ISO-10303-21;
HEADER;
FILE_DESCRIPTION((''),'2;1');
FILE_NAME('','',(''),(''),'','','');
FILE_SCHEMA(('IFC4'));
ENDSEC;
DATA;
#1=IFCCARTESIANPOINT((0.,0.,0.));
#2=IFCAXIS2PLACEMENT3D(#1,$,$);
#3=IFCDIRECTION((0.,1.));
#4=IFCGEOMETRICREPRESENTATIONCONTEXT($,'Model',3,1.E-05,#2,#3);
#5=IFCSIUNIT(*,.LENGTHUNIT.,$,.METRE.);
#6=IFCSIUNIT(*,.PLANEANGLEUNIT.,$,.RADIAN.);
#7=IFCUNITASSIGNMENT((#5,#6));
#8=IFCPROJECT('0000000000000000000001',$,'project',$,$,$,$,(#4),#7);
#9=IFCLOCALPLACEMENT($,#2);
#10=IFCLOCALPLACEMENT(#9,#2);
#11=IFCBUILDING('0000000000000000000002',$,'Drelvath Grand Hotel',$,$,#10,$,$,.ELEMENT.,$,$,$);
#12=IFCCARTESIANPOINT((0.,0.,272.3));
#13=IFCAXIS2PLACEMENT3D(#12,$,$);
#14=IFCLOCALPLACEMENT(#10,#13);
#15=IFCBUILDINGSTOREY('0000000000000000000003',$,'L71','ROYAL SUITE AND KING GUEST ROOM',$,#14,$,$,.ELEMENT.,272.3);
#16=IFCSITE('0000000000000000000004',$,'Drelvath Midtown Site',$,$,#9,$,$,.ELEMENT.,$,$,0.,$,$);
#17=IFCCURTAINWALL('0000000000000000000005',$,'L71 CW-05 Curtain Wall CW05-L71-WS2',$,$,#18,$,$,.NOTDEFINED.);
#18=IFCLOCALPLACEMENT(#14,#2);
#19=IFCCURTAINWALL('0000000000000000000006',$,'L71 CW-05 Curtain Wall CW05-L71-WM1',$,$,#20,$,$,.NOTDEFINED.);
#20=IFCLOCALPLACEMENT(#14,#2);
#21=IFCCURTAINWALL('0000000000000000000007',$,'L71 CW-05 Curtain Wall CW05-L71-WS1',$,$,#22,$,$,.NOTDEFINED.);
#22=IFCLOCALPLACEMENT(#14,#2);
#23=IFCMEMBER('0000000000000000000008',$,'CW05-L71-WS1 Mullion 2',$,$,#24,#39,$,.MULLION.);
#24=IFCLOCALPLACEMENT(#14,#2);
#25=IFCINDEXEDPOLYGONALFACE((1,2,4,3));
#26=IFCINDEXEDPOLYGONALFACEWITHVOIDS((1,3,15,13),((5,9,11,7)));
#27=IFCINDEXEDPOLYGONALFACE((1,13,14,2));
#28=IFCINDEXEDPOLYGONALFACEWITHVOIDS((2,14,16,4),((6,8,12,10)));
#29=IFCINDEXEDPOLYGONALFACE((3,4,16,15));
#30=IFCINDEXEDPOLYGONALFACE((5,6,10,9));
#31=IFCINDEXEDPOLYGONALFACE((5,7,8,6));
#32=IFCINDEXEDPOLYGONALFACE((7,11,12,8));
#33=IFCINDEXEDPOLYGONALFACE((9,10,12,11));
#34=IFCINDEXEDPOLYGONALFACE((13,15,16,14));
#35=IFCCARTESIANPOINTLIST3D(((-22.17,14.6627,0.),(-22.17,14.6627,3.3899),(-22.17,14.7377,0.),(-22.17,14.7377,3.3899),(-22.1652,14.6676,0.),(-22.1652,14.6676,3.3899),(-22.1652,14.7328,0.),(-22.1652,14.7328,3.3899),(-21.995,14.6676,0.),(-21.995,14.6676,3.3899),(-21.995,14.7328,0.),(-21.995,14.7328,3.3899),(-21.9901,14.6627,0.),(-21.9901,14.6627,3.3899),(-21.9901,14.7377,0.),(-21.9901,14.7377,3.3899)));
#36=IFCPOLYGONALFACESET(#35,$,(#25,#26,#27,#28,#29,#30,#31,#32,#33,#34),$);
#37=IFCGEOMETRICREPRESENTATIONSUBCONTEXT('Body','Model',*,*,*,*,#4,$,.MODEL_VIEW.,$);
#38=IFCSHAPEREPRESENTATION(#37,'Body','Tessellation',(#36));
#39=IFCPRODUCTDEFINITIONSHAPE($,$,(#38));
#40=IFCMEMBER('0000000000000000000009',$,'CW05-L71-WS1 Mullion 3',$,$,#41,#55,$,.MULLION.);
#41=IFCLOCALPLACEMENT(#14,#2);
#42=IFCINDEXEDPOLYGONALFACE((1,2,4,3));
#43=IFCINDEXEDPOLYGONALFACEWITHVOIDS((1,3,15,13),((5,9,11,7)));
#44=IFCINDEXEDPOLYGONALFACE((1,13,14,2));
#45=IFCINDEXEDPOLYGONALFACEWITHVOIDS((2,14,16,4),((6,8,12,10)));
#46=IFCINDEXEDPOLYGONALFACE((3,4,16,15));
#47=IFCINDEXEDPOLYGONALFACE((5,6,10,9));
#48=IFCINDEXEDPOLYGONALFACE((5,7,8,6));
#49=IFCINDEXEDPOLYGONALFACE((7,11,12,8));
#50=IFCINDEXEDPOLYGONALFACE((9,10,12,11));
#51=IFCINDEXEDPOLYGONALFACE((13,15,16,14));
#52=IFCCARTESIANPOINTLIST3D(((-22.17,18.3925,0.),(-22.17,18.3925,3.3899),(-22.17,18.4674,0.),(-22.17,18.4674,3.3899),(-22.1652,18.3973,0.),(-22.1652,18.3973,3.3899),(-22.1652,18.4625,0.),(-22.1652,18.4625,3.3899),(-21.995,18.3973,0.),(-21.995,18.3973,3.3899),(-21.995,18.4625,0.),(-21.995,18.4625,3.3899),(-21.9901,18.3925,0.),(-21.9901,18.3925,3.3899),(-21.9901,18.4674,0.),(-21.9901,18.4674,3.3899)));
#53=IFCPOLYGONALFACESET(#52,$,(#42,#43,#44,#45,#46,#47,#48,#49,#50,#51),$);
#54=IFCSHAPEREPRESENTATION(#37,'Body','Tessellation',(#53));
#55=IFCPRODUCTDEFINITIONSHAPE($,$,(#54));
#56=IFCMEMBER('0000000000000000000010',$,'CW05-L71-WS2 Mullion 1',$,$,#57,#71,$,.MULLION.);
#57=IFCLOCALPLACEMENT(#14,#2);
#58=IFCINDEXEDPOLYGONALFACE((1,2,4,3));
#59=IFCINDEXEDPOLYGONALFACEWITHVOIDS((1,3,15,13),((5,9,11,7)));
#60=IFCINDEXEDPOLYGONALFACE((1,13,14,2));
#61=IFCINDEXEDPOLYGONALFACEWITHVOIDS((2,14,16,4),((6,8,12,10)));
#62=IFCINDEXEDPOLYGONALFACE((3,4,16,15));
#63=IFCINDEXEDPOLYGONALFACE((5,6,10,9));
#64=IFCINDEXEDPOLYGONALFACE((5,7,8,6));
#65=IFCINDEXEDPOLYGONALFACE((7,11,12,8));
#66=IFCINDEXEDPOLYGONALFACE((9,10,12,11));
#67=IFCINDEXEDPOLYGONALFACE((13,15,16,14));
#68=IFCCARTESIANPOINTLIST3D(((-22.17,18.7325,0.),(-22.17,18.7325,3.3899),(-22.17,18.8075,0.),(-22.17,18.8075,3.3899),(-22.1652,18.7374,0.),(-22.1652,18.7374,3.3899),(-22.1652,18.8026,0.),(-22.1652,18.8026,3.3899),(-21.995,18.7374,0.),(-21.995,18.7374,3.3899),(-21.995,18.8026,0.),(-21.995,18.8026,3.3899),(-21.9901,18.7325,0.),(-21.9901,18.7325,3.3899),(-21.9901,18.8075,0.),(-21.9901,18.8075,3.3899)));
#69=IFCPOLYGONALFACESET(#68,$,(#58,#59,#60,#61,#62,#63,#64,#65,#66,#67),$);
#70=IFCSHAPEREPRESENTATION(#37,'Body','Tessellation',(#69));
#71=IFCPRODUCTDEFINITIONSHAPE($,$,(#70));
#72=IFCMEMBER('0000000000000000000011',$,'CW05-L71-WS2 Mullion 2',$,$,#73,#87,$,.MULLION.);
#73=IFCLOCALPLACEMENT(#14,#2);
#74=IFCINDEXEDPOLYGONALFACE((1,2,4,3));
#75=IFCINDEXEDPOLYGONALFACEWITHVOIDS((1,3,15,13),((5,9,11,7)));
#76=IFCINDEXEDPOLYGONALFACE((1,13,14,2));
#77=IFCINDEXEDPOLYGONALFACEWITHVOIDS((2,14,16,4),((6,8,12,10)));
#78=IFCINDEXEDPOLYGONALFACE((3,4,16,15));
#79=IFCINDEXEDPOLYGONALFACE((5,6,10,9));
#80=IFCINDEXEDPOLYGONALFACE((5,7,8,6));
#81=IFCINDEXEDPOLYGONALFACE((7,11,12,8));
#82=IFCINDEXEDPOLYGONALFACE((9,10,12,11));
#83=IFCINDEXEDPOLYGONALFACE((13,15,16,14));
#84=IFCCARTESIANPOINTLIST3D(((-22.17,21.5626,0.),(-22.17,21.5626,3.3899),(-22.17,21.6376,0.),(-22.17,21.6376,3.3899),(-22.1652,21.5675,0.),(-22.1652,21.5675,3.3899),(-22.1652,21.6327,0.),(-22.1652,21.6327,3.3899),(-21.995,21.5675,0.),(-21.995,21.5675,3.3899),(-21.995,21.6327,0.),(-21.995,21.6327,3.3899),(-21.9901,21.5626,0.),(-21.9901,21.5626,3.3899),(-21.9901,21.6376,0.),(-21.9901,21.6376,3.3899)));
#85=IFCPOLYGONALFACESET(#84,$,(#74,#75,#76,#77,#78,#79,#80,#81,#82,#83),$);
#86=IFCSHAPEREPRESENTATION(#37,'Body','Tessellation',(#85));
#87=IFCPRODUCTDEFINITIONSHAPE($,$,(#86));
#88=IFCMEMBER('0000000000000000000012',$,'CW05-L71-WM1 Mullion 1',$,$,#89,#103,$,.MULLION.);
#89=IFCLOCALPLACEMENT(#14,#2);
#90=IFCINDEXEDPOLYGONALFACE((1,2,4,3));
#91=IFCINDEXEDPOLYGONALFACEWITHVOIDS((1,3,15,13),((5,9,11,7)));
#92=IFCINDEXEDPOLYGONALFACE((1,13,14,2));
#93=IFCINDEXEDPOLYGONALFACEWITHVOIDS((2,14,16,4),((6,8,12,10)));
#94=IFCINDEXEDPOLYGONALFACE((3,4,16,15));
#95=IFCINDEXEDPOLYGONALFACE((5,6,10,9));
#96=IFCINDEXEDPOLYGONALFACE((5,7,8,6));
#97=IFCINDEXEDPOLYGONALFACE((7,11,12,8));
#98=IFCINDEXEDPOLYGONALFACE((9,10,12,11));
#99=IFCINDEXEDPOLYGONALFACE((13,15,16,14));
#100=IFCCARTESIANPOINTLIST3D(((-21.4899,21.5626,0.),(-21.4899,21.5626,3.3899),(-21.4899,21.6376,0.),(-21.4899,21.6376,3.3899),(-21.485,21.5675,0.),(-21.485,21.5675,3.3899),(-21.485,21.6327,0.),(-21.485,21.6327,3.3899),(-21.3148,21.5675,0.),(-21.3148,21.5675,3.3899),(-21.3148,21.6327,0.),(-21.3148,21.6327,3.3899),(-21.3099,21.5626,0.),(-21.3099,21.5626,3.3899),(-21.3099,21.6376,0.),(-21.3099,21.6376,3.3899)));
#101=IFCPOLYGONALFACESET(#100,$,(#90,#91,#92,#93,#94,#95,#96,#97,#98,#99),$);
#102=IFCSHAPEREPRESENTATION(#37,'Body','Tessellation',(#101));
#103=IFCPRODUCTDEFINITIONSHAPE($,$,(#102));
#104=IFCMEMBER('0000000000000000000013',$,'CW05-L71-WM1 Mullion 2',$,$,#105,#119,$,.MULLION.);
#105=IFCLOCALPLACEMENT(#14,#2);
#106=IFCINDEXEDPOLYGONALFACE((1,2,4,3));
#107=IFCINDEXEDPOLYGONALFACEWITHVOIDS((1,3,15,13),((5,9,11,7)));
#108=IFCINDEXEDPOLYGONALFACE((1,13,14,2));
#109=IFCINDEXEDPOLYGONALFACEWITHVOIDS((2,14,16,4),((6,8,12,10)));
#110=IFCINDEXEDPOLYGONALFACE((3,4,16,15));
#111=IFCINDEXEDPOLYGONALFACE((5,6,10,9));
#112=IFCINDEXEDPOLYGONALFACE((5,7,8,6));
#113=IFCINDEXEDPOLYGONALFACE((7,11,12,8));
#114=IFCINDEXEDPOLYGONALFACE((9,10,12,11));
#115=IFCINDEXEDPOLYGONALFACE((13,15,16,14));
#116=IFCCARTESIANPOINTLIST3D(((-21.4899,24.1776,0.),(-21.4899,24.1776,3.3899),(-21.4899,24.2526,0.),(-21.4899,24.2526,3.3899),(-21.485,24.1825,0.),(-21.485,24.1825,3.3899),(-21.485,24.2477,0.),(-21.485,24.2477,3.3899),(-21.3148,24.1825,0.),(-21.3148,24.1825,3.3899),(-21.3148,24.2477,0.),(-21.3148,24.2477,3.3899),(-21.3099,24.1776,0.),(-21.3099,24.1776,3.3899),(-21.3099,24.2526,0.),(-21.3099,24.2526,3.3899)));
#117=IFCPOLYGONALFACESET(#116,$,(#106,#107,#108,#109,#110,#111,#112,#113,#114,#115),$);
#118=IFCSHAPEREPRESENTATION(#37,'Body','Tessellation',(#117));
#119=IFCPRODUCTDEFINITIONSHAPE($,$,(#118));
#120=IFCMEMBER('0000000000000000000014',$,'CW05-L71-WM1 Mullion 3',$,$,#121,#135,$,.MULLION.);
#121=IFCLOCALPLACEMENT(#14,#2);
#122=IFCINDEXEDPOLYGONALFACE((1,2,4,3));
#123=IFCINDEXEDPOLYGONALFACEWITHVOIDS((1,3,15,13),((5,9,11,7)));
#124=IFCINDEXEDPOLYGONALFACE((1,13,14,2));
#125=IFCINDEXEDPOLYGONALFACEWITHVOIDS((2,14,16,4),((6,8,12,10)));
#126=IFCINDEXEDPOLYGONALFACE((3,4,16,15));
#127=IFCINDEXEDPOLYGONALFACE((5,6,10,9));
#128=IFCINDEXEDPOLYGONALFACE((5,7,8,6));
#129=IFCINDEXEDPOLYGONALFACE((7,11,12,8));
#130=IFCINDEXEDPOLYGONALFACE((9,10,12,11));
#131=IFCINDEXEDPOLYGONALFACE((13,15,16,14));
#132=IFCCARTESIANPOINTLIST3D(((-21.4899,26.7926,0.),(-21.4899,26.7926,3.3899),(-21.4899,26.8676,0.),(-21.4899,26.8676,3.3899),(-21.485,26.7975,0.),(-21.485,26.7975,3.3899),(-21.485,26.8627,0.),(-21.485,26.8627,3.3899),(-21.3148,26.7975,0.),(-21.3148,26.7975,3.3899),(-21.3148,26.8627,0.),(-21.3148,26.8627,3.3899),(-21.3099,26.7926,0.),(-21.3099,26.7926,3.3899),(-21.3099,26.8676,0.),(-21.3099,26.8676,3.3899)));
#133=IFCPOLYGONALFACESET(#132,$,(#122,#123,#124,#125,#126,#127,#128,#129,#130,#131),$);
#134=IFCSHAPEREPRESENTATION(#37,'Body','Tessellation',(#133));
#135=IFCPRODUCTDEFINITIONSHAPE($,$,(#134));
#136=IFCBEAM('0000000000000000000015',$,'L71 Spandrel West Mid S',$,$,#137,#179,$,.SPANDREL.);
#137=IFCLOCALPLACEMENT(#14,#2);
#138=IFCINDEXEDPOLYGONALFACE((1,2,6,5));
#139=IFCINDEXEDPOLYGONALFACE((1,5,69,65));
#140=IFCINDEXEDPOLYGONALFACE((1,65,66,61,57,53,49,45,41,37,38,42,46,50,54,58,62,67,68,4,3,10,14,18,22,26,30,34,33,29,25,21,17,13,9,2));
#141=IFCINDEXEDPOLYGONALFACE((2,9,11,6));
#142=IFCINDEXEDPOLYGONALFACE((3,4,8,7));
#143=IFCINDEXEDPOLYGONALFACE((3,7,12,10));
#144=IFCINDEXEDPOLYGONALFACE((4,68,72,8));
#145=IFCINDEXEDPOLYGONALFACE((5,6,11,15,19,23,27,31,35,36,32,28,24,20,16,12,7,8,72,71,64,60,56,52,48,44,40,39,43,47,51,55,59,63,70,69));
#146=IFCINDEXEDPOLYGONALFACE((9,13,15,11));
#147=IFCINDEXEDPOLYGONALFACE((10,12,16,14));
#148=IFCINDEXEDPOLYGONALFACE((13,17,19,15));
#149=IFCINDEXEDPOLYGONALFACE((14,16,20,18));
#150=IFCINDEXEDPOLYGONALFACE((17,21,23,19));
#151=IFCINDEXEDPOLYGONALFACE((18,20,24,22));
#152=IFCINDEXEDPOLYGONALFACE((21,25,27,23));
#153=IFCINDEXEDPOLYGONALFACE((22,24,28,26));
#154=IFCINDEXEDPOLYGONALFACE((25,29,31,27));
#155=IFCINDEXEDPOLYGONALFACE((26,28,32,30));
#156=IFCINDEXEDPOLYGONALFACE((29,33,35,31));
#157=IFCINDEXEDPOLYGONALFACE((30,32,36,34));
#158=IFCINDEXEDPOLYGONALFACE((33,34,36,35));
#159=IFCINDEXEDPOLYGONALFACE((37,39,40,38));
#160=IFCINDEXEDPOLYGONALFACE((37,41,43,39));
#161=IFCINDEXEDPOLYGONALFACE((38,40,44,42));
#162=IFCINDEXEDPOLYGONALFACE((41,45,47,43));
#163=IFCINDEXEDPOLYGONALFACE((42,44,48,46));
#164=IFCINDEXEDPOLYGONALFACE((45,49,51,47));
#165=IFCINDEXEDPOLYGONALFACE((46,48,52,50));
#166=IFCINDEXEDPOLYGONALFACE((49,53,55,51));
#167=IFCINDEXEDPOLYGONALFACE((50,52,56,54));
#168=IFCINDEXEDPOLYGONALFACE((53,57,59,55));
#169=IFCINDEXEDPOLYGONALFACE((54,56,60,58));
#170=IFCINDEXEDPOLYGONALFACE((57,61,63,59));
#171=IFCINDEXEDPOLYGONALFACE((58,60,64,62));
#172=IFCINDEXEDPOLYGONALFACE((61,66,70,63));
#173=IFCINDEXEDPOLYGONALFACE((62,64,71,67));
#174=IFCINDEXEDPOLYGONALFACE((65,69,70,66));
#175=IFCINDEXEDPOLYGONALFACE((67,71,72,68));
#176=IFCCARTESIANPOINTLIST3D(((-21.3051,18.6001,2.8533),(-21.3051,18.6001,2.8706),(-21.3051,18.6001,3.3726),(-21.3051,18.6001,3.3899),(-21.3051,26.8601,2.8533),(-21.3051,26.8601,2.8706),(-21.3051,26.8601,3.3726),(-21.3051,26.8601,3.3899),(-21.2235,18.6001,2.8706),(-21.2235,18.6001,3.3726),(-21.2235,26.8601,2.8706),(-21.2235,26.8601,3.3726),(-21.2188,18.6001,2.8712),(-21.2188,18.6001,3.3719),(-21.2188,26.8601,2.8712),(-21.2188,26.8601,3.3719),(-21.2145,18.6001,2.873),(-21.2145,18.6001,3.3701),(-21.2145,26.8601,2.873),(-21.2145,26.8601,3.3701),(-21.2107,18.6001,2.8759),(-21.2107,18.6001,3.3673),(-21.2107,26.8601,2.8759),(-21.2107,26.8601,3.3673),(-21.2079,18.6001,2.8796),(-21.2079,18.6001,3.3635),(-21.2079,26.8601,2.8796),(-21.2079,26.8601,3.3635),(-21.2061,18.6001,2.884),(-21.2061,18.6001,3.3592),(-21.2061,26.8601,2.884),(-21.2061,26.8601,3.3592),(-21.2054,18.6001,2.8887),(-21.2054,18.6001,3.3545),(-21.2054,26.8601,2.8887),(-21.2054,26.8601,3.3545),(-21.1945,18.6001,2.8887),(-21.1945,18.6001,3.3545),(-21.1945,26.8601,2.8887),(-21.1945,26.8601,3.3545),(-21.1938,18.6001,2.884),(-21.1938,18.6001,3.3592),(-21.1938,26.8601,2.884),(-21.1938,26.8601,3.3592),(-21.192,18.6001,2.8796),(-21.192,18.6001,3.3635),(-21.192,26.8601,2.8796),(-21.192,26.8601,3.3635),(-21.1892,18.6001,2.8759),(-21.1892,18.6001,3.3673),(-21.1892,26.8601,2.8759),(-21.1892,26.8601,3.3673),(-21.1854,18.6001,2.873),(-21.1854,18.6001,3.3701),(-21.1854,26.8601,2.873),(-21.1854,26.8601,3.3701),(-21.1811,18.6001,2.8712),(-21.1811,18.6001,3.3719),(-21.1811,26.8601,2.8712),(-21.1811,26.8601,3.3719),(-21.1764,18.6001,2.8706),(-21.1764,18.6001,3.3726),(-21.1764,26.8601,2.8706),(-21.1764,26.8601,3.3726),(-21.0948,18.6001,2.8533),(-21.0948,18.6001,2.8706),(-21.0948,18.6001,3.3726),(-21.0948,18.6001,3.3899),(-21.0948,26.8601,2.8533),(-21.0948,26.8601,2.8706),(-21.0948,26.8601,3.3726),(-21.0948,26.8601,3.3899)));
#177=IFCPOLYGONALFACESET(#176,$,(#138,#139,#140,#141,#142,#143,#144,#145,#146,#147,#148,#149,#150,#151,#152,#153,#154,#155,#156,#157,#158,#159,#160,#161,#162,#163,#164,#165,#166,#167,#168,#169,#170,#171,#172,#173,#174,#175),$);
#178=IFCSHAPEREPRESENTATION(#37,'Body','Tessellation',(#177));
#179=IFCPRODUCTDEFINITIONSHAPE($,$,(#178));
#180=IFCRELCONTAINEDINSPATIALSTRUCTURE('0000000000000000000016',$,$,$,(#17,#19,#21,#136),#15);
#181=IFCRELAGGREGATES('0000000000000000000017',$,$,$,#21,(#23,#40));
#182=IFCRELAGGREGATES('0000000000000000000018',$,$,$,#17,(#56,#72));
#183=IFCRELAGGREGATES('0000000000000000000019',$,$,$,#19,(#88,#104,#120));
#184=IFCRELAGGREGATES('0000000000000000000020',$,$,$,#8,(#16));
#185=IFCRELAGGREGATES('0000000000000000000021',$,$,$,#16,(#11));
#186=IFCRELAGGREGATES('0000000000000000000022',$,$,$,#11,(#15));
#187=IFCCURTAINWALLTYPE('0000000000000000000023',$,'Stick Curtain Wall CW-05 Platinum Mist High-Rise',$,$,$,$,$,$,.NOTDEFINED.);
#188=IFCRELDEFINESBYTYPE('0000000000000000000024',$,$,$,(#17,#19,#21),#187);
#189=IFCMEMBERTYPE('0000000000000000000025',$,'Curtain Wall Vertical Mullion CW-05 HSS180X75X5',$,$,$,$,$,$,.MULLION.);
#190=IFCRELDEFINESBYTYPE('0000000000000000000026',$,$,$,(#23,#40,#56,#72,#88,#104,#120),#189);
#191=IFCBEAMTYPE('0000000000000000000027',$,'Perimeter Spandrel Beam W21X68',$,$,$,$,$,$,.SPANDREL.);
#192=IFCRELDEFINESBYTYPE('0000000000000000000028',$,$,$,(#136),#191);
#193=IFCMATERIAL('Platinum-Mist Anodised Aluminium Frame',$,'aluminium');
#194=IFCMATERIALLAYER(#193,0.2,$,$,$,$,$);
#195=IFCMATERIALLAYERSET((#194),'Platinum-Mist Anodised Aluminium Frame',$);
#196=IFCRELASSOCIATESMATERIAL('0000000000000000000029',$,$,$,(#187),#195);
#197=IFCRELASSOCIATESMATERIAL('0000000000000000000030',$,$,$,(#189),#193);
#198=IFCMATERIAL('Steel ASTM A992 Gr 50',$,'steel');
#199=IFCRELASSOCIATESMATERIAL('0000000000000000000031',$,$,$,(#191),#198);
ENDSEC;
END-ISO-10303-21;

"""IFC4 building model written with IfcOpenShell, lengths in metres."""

from ifc_helpers import new_model, si_unit, direction, frame, origin, origin_2d, place, context, subcontext, project, spatial, hollow_rectangle, i_section, extrude, material, layer, layer_set, material_profile, profile_set, type_object, element, aggregate, save


model = new_model("IFC4")

# Units and contexts
model_context = context("Model", 3, precision=1e-05, world=origin(), true_north=direction((0.0, 1.0)))
body_context = subcontext(model_context, "Body", "Model", "MODEL_VIEW")
ifc_project = project(units=[si_unit("LENGTHUNIT", "METRE"), si_unit("PLANEANGLEUNIT", "RADIAN")], contexts=[model_context])

# Site, building, storey
site_placement = place(None, origin())
site = spatial("IfcSite", under=ifc_project, at=site_placement, Name="Drelvath Midtown Site", CompositionType="ELEMENT", RefElevation=0.0)
building_placement = place(site_placement, origin())
building = spatial("IfcBuilding", under=site, at=building_placement, Name="Drelvath Grand Hotel", CompositionType="ELEMENT")
storey_placement = place(building_placement, frame((0.0, 0.0, 272.3)))
storey = spatial("IfcBuildingStorey", under=building, at=storey_placement, Name="L71", Description="ROYAL SUITE AND KING GUEST ROOM", CompositionType="ELEMENT", Elevation=272.3)

# Shared definitions
ifc_material_1 = material(Name="Steel ASTM A992 Gr 50", Category="steel")

# Curtain walls
ifc_material_2 = material(Name="Platinum-Mist Anodised Aluminium Frame", Category="aluminium")
ifc_layer_1 = layer(ifc_material_2, 0.2)
ifc_layer_set_1 = layer_set([ifc_layer_1], Name="Platinum-Mist Anodised Aluminium Frame")
curtain_wall_type = type_object("IfcCurtainWallType", Name="Stick Curtain Wall CW-05 Platinum Mist High-Rise", PredefinedType="NOTDEFINED", material=ifc_layer_set_1)
curtain_wall_1_placement = place(storey_placement, origin())
curtain_wall_1 = element("IfcCurtainWall", 1, at=curtain_wall_1_placement, inside=storey, type_object=curtain_wall_type, Name="L71 CW-05 Curtain Wall CW05-L71-WS2", PredefinedType="NOTDEFINED")
curtain_wall_2_placement = place(storey_placement, origin())
curtain_wall_2 = element("IfcCurtainWall", 2, at=curtain_wall_2_placement, inside=storey, type_object=curtain_wall_type, Name="L71 CW-05 Curtain Wall CW05-L71-WM1", PredefinedType="NOTDEFINED")

# Curtain wall, members
curtain_wall_3_placement = place(storey_placement, origin())
curtain_wall_3 = element("IfcCurtainWall", 3, at=curtain_wall_3_placement, inside=storey, type_object=curtain_wall_type, Name="L71 CW-05 Curtain Wall CW05-L71-WS1", PredefinedType="NOTDEFINED")
ifc_material_profile_1 = material_profile(ifc_material_2, hollow_rectangle(XDim=0.075, YDim=0.1799, WallThickness=0.0049, at=origin_2d()), Name="HSS180X75X5")
ifc_profile_set_1 = profile_set([ifc_material_profile_1], Name="Platinum-Mist Anodised Aluminium Frame")
member_type_1 = type_object("IfcMemberType", Name="Curtain Wall Vertical Mullion CW-05 HSS180X75X5", PredefinedType="MULLION", material=ifc_profile_set_1)
member_1_placement = place(storey_placement, frame((-22.0801, 14.7002, 0.0), z_axis=(0.0, 0.0, 1.0), x_axis=(0.0, 1.0, 0.0)))
member_1 = element("IfcMember", 4, at=member_1_placement, type_object=member_type_1, Name="CW05-L71-WS1 Mullion 2", PredefinedType="MULLION", context=body_context, shape_type="SweptSolid", body=[
    extrude(hollow_rectangle(XDim=0.075, YDim=0.1799, WallThickness=0.0049, at=origin_2d()), origin(), (0.0, 0.0, 1.0), 3.3899),
])
member_2_placement = place(storey_placement, frame((-22.0801, 18.4299, 0.0), z_axis=(0.0, 0.0, 1.0), x_axis=(0.0, 1.0, 0.0)))
member_2 = element("IfcMember", 5, at=member_2_placement, type_object=member_type_1, Name="CW05-L71-WS1 Mullion 3", PredefinedType="MULLION", context=body_context, shape_type="SweptSolid", body=[
    extrude(hollow_rectangle(XDim=0.075, YDim=0.1799, WallThickness=0.0049, at=origin_2d()), origin(), (0.0, 0.0, 1.0), 3.3899),
])

# Members
member_3_placement = place(storey_placement, frame((-22.0801, 18.77, 0.0), z_axis=(0.0, 0.0, 1.0), x_axis=(0.0, 1.0, 0.0)))
member_3 = element("IfcMember", 6, at=member_3_placement, type_object=member_type_1, Name="CW05-L71-WS2 Mullion 1", PredefinedType="MULLION", context=body_context, shape_type="SweptSolid", body=[
    extrude(hollow_rectangle(XDim=0.075, YDim=0.1799, WallThickness=0.0049, at=origin_2d()), origin(), (0.0, 0.0, 1.0), 3.3899),
])
member_4_placement = place(storey_placement, frame((-22.0801, 21.6001, 0.0), z_axis=(0.0, 0.0, 1.0), x_axis=(0.0, 1.0, 0.0)))
member_4 = element("IfcMember", 7, at=member_4_placement, type_object=member_type_1, Name="CW05-L71-WS2 Mullion 2", PredefinedType="MULLION", context=body_context, shape_type="SweptSolid", body=[
    extrude(hollow_rectangle(XDim=0.075, YDim=0.1799, WallThickness=0.0049, at=origin_2d()), origin(), (0.0, 0.0, 1.0), 3.3899),
])
member_5_placement = place(storey_placement, frame((-21.3999, 21.6001, 0.0), z_axis=(0.0, 0.0, 1.0), x_axis=(0.0, 1.0, 0.0)))
member_5 = element("IfcMember", 8, at=member_5_placement, type_object=member_type_1, Name="CW05-L71-WM1 Mullion 1", PredefinedType="MULLION", context=body_context, shape_type="SweptSolid", body=[
    extrude(hollow_rectangle(XDim=0.075, YDim=0.1799, WallThickness=0.0049, at=origin_2d()), origin(), (0.0, 0.0, 1.0), 3.3899),
])
member_6_placement = place(storey_placement, frame((-21.3999, 24.2151, 0.0), z_axis=(0.0, 0.0, 1.0), x_axis=(0.0, 1.0, 0.0)))
member_6 = element("IfcMember", 9, at=member_6_placement, type_object=member_type_1, Name="CW05-L71-WM1 Mullion 2", PredefinedType="MULLION", context=body_context, shape_type="SweptSolid", body=[
    extrude(hollow_rectangle(XDim=0.075, YDim=0.1799, WallThickness=0.0049, at=origin_2d()), origin(), (0.0, 0.0, 1.0), 3.3899),
])
member_7_placement = place(storey_placement, frame((-21.3999, 26.8301, 0.0), z_axis=(0.0, 0.0, 1.0), x_axis=(0.0, 1.0, 0.0)))
member_7 = element("IfcMember", 10, at=member_7_placement, type_object=member_type_1, Name="CW05-L71-WM1 Mullion 3", PredefinedType="MULLION", context=body_context, shape_type="SweptSolid", body=[
    extrude(hollow_rectangle(XDim=0.075, YDim=0.1799, WallThickness=0.0049, at=origin_2d()), origin(), (0.0, 0.0, 1.0), 3.3899),
])

# Beam
ifc_material_profile_2 = material_profile(ifc_material_1, i_section(OverallWidth=0.2102, OverallDepth=0.5366, WebThickness=0.011, FlangeThickness=0.0173, FilletRadius=0.0181, at=origin_2d()), Name="W21X68")
ifc_profile_set_2 = profile_set([ifc_material_profile_2], Name="Steel ASTM A992 Gr 50")
beam_type_1 = type_object("IfcBeamType", Name="Perimeter Spandrel Beam W21X68", PredefinedType="SPANDREL", material=ifc_profile_set_2)
beam_1_placement = place(storey_placement, frame((-21.2, 18.6001, 3.1216), z_axis=(0.0, 1.0, 0.0), x_axis=(-1.0, 0.0, 0.0)))
element("IfcBeam", 11, at=beam_1_placement, inside=storey, type_object=beam_type_1, Name="L71 Spandrel West Mid S", PredefinedType="SPANDREL", context=body_context, shape_type="SweptSolid", body=[
    extrude(i_section(OverallWidth=0.2102, OverallDepth=0.5366, WebThickness=0.011, FlangeThickness=0.0173, FilletRadius=0.0181, at=origin_2d()), origin(), (0.0, 0.0, 1.0), 8.26),
])

aggregate(curtain_wall_3, [member_1, member_2])
aggregate(curtain_wall_1, [member_3, member_4])
aggregate(curtain_wall_2, [member_5, member_6, member_7])

save(model, "model.ifc")
